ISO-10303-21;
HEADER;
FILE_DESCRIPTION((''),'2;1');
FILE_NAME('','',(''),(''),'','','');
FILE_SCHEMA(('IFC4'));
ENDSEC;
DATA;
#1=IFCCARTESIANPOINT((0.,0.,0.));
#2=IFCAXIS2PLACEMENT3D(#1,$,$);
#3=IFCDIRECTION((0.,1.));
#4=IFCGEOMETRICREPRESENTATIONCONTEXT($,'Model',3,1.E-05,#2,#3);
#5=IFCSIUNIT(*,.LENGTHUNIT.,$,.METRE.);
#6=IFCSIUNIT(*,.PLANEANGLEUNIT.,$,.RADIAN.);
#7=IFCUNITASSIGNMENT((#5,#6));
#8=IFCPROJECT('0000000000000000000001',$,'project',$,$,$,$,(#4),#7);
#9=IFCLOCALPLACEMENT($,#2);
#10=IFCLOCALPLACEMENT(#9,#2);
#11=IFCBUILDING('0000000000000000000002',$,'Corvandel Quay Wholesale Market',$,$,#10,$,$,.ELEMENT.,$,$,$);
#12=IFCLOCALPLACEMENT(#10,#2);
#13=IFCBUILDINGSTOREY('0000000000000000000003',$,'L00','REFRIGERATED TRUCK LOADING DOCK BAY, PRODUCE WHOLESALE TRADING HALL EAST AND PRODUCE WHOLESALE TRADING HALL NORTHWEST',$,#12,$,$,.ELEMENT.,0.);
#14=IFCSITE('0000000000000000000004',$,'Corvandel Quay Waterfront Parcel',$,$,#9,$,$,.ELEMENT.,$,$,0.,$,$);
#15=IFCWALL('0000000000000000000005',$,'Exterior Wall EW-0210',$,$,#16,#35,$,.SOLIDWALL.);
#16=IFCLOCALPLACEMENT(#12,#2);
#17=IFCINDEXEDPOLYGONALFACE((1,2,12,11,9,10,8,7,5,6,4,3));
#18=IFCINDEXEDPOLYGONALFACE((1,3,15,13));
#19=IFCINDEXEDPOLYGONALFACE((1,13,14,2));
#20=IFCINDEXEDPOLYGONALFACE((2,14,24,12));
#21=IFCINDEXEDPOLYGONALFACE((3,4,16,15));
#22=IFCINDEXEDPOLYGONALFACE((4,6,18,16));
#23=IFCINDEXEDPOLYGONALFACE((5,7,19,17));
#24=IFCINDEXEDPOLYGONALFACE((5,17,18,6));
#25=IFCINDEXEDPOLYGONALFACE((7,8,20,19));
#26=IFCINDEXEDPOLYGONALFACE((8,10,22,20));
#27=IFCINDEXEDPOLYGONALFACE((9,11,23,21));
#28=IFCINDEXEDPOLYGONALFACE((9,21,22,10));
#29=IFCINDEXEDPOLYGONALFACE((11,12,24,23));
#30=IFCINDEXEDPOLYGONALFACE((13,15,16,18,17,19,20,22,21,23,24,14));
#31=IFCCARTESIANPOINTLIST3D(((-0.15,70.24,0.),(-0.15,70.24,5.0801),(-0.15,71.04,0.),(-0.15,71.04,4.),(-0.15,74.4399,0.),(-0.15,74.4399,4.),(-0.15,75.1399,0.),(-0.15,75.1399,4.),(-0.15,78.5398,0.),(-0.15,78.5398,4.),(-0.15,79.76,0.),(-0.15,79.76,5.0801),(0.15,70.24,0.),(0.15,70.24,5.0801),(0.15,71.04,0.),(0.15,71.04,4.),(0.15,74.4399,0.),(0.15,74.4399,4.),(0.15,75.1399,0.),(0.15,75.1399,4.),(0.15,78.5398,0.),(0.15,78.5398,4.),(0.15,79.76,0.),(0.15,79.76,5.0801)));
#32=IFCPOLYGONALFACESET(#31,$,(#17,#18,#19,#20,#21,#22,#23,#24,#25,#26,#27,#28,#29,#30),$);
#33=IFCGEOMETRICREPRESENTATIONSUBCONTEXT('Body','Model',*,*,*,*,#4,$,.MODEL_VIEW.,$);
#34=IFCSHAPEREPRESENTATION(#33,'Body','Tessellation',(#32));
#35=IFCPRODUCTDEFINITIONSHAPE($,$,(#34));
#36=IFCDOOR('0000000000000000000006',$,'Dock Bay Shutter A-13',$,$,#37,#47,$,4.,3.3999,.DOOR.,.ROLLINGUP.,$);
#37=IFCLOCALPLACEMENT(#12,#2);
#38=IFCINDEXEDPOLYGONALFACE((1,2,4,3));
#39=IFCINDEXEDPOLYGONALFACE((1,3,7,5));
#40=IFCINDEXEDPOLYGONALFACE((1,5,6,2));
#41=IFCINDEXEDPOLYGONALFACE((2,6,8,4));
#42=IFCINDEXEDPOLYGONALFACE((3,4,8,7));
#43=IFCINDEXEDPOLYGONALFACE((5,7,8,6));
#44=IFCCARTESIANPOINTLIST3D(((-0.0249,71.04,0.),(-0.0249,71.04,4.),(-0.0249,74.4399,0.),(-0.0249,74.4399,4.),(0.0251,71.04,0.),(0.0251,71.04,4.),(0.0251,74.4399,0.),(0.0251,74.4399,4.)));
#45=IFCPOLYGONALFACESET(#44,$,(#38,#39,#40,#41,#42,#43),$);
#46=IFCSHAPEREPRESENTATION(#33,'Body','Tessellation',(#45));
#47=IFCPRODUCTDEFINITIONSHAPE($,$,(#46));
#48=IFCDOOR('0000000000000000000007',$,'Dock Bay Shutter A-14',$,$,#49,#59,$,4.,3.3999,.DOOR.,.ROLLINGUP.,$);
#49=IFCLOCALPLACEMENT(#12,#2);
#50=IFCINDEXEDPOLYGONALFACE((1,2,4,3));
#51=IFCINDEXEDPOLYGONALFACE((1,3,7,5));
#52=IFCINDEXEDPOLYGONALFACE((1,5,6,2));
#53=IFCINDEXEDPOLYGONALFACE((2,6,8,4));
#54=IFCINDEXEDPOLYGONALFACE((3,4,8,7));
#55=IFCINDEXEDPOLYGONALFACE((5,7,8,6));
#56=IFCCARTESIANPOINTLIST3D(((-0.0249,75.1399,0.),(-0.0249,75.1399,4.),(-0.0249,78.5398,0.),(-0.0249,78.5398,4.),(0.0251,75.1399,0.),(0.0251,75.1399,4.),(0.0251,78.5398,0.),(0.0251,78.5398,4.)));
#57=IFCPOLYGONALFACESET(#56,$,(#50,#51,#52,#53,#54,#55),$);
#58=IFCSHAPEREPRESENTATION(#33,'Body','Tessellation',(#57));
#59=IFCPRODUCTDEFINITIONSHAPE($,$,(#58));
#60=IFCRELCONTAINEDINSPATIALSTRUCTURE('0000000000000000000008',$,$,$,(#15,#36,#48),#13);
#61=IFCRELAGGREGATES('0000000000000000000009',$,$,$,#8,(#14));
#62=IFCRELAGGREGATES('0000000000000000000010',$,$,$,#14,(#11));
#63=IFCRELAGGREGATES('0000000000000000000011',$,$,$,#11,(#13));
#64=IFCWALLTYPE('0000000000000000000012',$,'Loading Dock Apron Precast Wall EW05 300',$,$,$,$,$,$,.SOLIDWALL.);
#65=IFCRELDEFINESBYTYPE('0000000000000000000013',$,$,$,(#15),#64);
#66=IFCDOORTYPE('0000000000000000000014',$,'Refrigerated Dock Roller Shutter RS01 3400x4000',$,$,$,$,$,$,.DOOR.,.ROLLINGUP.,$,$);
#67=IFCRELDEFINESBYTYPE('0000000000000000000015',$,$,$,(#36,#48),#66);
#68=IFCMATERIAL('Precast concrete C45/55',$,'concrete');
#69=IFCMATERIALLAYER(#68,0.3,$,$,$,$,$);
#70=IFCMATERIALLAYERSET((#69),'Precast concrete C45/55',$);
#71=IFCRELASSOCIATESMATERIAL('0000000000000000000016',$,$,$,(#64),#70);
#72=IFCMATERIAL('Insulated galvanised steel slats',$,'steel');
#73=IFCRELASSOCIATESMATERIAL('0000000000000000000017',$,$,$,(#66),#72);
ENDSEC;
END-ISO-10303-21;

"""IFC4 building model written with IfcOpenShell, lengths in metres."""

from ifc_helpers import new_model, si_unit, direction, frame, frame_2d, origin, place, context, subcontext, project, spatial, rectangle, extrude, material, layer, layer_set, type_object, element, fill, save


model = new_model("IFC4")

# Units and contexts
model_context = context("Model", 3, precision=1e-05, world=origin(), true_north=direction((0.0, 1.0)))
body_context = subcontext(model_context, "Body", "Model", "MODEL_VIEW")
ifc_project = project(units=[si_unit("LENGTHUNIT", "METRE"), si_unit("PLANEANGLEUNIT", "RADIAN")], contexts=[model_context])

# Site, building, storey
site_placement = place(None, origin())
site = spatial("IfcSite", under=ifc_project, at=site_placement, Name="Corvandel Quay Waterfront Parcel", CompositionType="ELEMENT", RefElevation=0.0)
building_placement = place(site_placement, origin())
building = spatial("IfcBuilding", under=site, at=building_placement, Name="Corvandel Quay Wholesale Market", CompositionType="ELEMENT")
storey_placement = place(building_placement, origin())
storey = spatial("IfcBuildingStorey", under=building, at=storey_placement, Name="L00", Description="REFRIGERATED TRUCK LOADING DOCK BAY, PRODUCE WHOLESALE TRADING HALL EAST AND PRODUCE WHOLESALE TRADING HALL NORTHWEST", CompositionType="ELEMENT", Elevation=0.0)

# Shared definitions
ifc_material_1 = material(Name="Precast concrete C45/55", Category="concrete")

# Wall, openings, doors
ifc_layer_1 = layer(ifc_material_1, 0.3)
ifc_layer_set_1 = layer_set([ifc_layer_1], Name="Precast concrete C45/55")
wall_type = type_object("IfcWallType", Name="Loading Dock Apron Precast Wall EW05 300", PredefinedType="SOLIDWALL", material=ifc_layer_set_1)
ifc_material_2 = material(Name="Insulated galvanised steel slats", Category="steel")
door_type = type_object("IfcDoorType", Name="Refrigerated Dock Roller Shutter RS01 3400x4000", OperationType="ROLLINGUP", PredefinedType="DOOR", material=ifc_material_2)
wall_1_placement = place(storey_placement, frame((0.0, 70.24, 0.0), z_axis=(0.0, 0.0, 1.0), x_axis=(0.0, 1.0, 0.0)))
wall_1 = element("IfcWall", 1, at=wall_1_placement, inside=storey, type_object=wall_type, Name="Exterior Wall EW-0210", PredefinedType="SOLIDWALL", context=body_context, shape_type="SweptSolid", body=[
    extrude(rectangle(XDim=9.52, YDim=0.3, at=frame_2d((4.76, 0.0))), origin(), (0.0, 0.0, 1.0), 5.0801),
])
opening_1_placement = place(wall_1_placement, frame((0.8, 0.0, 0.0)))
opening_1 = element("IfcOpeningElement", 2, at=opening_1_placement, cuts=wall_1, PredefinedType="OPENING", context=body_context, shape_type="SweptSolid", body=[
    extrude(rectangle(XDim=3.3999, YDim=4.0, at=frame_2d((1.7, 2.0))), frame((0.0, 0.1599, 0.0), z_axis=(0.0, -1.0, 0.0), x_axis=(1.0, 0.0, 0.0)), (0.0, 0.0, 1.0), 0.3201),
])
opening_2_placement = place(wall_1_placement, frame((4.8999, 0.0, 0.0)))
opening_2 = element("IfcOpeningElement", 3, at=opening_2_placement, cuts=wall_1, PredefinedType="OPENING", context=body_context, shape_type="SweptSolid", body=[
    extrude(rectangle(XDim=3.3999, YDim=4.0, at=frame_2d((1.7, 2.0))), frame((0.0, 0.1599, 0.0), z_axis=(0.0, -1.0, 0.0), x_axis=(1.0, 0.0, 0.0)), (0.0, 0.0, 1.0), 0.3201),
])
door_1_placement = place(opening_1_placement, origin())
door_1 = element("IfcDoor", 4, at=door_1_placement, inside=storey, type_object=door_type, Name="Dock Bay Shutter A-13", OperationType="ROLLINGUP", OverallHeight=4.0, OverallWidth=3.3999, PredefinedType="DOOR", context=body_context, shape_type="SweptSolid", body=[
    extrude(rectangle(XDim=3.3999, YDim=4.0, at=frame_2d((1.7, 2.0))), frame((0.0, 0.0249, 0.0), z_axis=(0.0, -1.0, 0.0), x_axis=(1.0, 0.0, 0.0)), (0.0, 0.0, 1.0), 0.05),
])
fill(opening_1, door_1)
door_2_placement = place(opening_2_placement, origin())
door_2 = element("IfcDoor", 5, at=door_2_placement, inside=storey, type_object=door_type, Name="Dock Bay Shutter A-14", OperationType="ROLLINGUP", OverallHeight=4.0, OverallWidth=3.3999, PredefinedType="DOOR", context=body_context, shape_type="SweptSolid", body=[
    extrude(rectangle(XDim=3.3999, YDim=4.0, at=frame_2d((1.7, 2.0))), frame((0.0, 0.0249, 0.0), z_axis=(0.0, -1.0, 0.0), x_axis=(1.0, 0.0, 0.0)), (0.0, 0.0, 1.0), 0.05),
])
fill(opening_2, door_2)

save(model, "model.ifc")
